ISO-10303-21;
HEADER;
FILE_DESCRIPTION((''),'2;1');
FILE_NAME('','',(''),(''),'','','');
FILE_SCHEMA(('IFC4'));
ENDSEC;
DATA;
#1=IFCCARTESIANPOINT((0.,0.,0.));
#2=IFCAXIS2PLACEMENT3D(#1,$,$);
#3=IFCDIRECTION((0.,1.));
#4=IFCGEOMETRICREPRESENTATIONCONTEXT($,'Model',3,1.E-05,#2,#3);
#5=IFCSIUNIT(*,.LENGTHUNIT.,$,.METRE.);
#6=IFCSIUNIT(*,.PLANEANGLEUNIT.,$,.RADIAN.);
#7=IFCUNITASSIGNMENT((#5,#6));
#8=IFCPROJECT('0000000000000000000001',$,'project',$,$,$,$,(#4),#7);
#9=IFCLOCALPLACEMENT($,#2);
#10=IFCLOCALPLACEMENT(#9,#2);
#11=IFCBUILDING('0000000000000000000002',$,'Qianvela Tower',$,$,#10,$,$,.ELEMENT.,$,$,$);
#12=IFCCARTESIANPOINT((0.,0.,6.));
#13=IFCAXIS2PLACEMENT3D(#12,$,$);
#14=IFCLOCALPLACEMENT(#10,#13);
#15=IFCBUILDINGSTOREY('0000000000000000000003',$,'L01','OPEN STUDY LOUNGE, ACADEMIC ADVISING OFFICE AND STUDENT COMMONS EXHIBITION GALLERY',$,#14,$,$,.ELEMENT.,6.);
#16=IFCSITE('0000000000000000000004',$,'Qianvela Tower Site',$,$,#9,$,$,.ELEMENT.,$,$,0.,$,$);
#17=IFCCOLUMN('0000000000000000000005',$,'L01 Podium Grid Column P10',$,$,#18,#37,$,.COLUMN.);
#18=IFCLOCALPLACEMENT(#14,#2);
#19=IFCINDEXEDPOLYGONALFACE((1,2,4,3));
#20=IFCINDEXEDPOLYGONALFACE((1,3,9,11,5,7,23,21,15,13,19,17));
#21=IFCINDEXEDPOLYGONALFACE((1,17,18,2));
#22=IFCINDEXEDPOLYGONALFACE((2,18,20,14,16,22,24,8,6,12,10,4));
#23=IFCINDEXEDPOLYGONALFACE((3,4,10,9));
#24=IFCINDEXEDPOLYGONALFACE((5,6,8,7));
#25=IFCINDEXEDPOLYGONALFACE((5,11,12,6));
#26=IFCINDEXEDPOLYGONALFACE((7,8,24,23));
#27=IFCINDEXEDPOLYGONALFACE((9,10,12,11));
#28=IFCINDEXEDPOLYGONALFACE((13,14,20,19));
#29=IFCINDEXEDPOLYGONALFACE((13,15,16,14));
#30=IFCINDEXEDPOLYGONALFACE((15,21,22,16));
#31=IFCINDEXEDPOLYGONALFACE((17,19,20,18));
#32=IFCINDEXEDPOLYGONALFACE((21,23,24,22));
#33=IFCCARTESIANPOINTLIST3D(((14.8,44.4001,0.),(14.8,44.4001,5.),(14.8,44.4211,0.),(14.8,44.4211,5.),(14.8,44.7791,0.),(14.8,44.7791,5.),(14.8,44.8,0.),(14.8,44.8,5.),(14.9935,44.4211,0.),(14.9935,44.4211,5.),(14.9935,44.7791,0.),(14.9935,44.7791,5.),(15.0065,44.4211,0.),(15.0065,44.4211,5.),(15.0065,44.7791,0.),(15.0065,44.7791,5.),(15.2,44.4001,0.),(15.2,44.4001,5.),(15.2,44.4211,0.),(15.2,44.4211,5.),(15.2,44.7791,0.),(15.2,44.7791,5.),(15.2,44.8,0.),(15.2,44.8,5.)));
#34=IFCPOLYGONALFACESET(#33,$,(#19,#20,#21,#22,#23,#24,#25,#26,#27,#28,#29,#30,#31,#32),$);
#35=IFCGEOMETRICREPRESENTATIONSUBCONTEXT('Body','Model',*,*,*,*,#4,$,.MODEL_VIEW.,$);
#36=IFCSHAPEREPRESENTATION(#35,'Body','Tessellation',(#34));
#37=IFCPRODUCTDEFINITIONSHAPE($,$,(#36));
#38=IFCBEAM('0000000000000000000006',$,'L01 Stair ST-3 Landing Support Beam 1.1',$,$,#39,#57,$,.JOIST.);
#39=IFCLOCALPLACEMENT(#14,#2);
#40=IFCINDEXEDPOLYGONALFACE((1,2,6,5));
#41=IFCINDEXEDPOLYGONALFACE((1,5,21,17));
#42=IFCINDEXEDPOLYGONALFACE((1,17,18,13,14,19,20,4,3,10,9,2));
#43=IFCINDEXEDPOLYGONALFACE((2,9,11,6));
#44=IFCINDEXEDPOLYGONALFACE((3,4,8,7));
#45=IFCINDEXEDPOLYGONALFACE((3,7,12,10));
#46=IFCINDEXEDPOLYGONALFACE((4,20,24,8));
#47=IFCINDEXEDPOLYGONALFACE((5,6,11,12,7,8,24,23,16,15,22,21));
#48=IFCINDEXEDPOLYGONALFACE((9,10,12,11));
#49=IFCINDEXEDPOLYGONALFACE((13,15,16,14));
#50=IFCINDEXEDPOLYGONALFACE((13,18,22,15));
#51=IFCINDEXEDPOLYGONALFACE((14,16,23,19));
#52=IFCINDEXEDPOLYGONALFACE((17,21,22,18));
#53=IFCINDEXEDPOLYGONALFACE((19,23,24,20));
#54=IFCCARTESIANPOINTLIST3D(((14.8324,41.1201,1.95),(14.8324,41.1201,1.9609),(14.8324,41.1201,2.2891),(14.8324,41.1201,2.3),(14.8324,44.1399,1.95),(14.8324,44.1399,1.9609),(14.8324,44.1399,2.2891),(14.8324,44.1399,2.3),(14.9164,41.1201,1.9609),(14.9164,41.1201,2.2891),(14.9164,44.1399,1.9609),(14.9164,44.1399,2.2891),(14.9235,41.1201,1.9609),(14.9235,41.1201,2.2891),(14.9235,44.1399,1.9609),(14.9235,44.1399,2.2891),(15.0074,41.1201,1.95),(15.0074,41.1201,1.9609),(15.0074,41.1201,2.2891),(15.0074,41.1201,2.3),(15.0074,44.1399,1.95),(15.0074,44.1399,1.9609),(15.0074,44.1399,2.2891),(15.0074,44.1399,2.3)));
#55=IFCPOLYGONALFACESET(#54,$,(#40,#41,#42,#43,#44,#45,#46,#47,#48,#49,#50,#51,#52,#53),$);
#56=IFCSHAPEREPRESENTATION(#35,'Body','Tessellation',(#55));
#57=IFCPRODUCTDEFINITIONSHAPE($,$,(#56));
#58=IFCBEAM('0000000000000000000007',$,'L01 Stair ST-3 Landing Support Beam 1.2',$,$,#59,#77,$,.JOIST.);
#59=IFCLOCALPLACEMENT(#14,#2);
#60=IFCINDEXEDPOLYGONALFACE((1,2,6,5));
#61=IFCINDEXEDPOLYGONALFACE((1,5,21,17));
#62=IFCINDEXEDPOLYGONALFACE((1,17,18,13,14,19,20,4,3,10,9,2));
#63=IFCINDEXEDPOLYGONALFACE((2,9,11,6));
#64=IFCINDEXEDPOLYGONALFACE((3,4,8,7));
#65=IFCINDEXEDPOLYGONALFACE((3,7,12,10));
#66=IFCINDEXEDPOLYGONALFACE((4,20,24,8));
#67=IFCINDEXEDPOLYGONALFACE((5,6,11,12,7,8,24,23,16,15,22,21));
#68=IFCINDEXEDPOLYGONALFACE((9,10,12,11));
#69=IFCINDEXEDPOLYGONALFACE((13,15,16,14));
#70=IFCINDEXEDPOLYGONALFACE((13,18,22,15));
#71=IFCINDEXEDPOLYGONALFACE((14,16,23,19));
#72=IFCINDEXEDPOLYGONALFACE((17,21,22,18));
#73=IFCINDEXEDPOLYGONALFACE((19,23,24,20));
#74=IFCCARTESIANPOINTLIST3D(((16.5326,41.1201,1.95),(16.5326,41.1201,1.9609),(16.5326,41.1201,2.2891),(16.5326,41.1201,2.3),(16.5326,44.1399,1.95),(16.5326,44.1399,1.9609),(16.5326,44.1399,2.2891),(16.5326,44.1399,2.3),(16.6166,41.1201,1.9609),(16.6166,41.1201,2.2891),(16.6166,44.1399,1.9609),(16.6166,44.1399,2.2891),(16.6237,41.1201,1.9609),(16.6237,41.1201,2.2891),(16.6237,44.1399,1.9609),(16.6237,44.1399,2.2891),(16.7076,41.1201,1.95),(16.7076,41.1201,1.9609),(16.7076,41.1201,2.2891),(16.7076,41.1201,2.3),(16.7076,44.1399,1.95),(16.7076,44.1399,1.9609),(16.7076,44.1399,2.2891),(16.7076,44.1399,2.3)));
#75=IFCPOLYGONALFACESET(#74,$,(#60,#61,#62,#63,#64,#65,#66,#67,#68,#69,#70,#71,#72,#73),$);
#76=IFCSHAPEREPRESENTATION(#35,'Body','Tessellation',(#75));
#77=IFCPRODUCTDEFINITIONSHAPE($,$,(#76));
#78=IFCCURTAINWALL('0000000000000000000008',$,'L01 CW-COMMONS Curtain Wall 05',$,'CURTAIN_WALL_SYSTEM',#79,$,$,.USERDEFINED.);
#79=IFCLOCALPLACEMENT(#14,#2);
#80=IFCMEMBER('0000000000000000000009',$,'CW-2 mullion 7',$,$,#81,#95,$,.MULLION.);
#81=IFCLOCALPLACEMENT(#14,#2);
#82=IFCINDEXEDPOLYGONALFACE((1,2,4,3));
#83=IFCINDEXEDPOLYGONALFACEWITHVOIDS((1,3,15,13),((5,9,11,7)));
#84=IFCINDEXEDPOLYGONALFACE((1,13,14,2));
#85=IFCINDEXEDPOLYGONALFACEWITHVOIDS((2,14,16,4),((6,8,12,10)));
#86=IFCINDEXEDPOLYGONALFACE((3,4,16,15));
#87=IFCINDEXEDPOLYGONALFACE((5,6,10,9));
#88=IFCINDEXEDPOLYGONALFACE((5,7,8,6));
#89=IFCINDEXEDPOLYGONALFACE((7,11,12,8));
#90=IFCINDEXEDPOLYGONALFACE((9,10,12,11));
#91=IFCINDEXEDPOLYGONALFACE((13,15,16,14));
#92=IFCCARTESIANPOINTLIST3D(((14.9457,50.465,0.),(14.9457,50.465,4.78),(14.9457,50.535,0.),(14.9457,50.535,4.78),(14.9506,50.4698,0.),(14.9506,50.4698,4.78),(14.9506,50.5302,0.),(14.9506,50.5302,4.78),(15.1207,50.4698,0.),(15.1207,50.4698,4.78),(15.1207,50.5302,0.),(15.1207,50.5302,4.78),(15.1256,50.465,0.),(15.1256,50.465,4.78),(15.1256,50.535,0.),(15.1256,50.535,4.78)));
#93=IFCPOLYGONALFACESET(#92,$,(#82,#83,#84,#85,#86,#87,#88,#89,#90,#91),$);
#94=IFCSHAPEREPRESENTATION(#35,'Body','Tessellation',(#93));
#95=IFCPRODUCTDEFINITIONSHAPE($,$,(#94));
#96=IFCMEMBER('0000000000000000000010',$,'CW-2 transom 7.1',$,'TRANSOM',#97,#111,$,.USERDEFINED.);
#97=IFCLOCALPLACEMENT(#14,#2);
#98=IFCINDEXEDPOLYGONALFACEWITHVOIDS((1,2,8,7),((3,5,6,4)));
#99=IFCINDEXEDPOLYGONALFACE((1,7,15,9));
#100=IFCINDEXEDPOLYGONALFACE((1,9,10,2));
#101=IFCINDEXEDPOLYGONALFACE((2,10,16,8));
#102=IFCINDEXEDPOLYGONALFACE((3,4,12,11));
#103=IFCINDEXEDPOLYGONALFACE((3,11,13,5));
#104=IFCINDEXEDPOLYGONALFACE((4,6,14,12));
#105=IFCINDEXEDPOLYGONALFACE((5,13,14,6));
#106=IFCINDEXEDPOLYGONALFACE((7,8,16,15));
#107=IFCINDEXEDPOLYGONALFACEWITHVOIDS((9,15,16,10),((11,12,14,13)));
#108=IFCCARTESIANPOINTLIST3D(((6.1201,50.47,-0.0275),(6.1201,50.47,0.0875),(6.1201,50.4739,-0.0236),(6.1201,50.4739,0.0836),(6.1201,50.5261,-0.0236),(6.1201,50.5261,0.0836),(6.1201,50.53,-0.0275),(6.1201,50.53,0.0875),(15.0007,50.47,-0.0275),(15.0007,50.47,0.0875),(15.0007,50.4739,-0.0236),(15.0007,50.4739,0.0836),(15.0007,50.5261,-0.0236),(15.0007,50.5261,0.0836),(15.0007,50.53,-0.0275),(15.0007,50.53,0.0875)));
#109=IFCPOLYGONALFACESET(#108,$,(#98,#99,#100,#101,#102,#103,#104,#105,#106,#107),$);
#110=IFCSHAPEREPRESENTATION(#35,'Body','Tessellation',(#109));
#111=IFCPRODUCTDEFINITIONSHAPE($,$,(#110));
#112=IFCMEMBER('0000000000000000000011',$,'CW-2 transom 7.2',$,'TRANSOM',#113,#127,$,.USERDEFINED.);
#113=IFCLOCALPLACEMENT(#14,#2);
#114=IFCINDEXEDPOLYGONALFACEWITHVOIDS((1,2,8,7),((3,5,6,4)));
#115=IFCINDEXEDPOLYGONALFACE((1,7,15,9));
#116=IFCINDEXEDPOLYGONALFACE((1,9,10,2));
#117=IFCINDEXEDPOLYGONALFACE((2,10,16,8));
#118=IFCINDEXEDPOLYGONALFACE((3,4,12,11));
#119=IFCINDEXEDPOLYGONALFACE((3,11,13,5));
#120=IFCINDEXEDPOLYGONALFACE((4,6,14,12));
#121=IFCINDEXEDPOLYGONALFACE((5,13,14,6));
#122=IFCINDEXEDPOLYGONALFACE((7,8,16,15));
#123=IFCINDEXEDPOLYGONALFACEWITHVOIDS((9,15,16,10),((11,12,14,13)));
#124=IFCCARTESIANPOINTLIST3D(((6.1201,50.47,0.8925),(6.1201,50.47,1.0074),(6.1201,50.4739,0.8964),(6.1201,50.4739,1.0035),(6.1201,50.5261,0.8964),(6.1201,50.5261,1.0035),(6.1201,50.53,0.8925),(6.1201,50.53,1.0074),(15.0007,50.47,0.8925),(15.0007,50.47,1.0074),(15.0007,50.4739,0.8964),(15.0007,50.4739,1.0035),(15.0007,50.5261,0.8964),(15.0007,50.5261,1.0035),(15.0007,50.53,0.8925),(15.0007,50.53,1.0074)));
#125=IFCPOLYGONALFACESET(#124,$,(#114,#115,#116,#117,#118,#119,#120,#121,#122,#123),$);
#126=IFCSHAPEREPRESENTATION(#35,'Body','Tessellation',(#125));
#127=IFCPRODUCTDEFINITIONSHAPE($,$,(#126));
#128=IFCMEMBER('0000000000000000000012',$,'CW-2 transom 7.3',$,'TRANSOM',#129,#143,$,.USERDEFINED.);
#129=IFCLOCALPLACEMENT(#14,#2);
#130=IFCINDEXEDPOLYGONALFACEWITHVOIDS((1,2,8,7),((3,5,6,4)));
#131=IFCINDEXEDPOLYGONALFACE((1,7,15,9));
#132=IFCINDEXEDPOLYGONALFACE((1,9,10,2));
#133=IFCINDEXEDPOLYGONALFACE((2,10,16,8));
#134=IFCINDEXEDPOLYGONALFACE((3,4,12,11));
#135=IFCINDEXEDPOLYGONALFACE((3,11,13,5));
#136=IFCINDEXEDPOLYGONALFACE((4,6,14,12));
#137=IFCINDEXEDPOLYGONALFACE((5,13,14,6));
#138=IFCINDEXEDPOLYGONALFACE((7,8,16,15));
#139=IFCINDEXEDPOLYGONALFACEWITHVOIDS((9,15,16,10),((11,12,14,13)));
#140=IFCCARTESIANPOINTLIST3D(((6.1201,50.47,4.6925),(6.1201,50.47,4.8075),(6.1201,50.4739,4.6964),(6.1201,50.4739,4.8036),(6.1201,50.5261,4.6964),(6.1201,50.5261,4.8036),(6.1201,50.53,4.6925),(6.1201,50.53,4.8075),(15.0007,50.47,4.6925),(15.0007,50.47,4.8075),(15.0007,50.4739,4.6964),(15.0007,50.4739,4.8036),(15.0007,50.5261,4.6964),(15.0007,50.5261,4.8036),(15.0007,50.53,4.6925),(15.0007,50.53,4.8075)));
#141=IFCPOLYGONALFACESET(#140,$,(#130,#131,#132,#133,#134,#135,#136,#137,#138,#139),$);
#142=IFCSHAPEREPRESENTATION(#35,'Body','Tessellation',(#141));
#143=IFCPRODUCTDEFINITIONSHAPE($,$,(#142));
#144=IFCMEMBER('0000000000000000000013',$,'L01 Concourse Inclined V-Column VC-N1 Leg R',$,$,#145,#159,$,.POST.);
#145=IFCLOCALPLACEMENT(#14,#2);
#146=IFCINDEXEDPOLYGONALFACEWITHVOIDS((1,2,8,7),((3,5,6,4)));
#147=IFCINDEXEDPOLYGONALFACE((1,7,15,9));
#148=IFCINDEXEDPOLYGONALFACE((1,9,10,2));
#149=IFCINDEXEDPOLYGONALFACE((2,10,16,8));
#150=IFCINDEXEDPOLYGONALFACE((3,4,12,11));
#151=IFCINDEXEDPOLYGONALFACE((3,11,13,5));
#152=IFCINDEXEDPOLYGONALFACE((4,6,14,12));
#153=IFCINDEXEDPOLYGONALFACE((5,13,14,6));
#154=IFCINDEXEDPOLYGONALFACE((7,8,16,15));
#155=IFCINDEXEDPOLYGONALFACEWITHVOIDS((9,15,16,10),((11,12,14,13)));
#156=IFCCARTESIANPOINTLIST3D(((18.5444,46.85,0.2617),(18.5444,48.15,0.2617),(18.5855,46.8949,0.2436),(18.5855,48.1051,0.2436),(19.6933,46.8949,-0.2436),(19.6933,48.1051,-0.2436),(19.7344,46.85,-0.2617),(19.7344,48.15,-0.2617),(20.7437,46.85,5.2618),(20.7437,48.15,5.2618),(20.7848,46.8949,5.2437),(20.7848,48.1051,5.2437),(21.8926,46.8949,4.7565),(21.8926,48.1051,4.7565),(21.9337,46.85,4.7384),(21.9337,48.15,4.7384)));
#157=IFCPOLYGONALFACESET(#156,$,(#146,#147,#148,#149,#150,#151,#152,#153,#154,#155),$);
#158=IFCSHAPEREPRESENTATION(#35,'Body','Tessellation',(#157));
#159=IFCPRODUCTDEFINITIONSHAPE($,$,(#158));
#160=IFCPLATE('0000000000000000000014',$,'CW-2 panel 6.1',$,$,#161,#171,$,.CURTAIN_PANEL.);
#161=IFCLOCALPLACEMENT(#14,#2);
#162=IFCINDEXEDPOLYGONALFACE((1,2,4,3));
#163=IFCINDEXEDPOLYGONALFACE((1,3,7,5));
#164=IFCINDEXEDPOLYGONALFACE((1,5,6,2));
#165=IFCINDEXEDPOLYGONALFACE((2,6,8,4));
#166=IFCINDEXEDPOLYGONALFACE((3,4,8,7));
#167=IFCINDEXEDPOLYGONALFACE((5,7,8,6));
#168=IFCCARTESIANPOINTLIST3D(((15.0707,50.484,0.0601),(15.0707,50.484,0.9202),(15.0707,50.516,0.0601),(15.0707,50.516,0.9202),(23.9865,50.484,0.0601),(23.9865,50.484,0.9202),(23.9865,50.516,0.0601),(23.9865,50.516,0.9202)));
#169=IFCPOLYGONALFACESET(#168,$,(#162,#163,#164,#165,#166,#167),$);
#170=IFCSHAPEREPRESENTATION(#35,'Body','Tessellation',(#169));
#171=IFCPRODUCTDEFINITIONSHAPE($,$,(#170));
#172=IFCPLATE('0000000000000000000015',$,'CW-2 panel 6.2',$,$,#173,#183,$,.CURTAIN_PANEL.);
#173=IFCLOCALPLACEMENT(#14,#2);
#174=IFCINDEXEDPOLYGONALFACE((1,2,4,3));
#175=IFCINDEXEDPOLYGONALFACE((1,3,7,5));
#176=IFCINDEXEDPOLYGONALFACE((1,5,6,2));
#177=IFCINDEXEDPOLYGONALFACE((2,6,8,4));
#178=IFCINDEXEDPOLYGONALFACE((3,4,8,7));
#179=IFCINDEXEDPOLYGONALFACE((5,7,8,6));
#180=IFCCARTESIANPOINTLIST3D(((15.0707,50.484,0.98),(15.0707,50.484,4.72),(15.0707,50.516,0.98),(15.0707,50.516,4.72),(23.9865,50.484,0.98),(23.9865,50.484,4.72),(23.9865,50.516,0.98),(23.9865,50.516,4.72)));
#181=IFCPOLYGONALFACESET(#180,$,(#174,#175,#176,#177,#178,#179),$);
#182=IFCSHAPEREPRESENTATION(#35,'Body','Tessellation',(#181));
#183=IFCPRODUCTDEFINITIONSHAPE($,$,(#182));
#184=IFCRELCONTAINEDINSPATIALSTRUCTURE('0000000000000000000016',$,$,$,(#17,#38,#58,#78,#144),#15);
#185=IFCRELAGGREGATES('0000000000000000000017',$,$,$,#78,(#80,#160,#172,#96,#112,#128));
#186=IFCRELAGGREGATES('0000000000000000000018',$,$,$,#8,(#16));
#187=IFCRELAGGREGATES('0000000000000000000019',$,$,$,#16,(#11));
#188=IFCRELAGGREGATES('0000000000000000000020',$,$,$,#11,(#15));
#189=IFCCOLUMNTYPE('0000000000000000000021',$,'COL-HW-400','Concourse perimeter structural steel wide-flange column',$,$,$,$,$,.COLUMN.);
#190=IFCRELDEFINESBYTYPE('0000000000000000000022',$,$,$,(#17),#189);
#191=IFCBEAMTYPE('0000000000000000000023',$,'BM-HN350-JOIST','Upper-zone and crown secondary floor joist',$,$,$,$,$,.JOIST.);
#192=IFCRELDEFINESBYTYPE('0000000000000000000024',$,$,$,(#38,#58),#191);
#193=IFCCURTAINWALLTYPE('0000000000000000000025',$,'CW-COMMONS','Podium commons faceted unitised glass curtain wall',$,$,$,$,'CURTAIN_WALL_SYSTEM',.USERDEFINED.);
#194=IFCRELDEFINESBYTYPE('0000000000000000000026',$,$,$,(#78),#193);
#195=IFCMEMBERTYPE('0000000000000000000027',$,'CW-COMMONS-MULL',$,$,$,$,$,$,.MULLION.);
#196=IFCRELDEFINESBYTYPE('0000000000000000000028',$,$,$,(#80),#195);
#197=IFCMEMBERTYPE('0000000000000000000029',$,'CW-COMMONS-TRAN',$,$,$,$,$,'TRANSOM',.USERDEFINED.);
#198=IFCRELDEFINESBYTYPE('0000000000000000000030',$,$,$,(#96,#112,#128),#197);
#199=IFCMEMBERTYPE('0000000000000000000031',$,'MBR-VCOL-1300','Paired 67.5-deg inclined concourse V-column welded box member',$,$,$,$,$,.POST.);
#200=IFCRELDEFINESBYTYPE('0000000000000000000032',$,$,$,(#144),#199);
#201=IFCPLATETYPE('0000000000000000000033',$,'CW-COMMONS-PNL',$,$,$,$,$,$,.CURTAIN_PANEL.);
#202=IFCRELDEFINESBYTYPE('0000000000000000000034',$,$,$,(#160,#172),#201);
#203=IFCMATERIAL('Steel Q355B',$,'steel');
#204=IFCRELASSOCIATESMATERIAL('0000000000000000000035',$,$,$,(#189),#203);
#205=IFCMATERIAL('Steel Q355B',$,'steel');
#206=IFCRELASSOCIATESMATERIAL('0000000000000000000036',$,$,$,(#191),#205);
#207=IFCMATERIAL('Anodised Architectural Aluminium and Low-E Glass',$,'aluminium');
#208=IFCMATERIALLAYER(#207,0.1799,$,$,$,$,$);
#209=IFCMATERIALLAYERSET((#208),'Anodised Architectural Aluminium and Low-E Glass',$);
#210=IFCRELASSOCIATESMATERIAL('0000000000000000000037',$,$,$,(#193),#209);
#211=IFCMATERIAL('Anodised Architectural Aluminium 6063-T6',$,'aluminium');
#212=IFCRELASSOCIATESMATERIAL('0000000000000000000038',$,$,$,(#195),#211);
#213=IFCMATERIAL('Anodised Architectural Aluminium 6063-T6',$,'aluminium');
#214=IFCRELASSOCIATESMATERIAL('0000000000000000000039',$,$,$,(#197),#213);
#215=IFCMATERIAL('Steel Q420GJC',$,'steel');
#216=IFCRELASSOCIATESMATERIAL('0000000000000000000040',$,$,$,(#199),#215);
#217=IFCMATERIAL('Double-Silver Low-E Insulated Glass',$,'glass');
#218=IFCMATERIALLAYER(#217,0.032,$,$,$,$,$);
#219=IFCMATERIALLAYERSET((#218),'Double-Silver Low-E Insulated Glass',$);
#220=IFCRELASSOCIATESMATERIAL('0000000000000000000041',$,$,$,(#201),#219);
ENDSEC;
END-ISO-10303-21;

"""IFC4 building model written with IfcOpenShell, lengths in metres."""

from ifc_helpers import new_model, si_unit, direction, frame, origin, origin_2d, place, context, subcontext, project, spatial, rectangle, hollow_rectangle, i_section, extrude, material, layer, layer_set, material_profile, profile_set, type_object, element, aggregate, save


model = new_model("IFC4")

# Units and contexts
model_context = context("Model", 3, precision=1e-05, world=origin(), true_north=direction((0.0, 1.0)))
body_context = subcontext(model_context, "Body", "Model", "MODEL_VIEW")
ifc_project = project(units=[si_unit("LENGTHUNIT", "METRE"), si_unit("PLANEANGLEUNIT", "RADIAN")], contexts=[model_context])

# Site, building, storey
site_placement = place(None, origin())
site = spatial("IfcSite", under=ifc_project, at=site_placement, Name="Qianvela Tower Site", CompositionType="ELEMENT", RefElevation=0.0)
building_placement = place(site_placement, origin())
building = spatial("IfcBuilding", under=site, at=building_placement, Name="Qianvela Tower", CompositionType="ELEMENT")
storey_placement = place(building_placement, frame((0.0, 0.0, 6.0)))
storey = spatial("IfcBuildingStorey", under=building, at=storey_placement, Name="L01", Description="OPEN STUDY LOUNGE, ACADEMIC ADVISING OFFICE AND STUDENT COMMONS EXHIBITION GALLERY", CompositionType="ELEMENT", Elevation=6.0)

# Column
ifc_material_1 = material(Name="Steel Q355B", Category="steel")
ifc_material_profile_1 = material_profile(ifc_material_1, i_section(OverallWidth=0.3999, OverallDepth=0.3999, WebThickness=0.0129, FlangeThickness=0.021, at=origin_2d()), Name="HW400x400x13x21")
ifc_profile_set_1 = profile_set([ifc_material_profile_1], Name="Steel Q355B")
column_type = type_object("IfcColumnType", Name="COL-HW-400", Description="Concourse perimeter structural steel wide-flange column", PredefinedType="COLUMN", material=ifc_profile_set_1)
column_placement = place(storey_placement, frame((15.0, 44.6001, 0.0), z_axis=(0.0, 0.0, 1.0), x_axis=(1.0, 0.0, 0.0)))
element("IfcColumn", 1, at=column_placement, inside=storey, type_object=column_type, Name="L01 Podium Grid Column P10", PredefinedType="COLUMN", context=body_context, shape_type="SweptSolid", body=[
    extrude(i_section(OverallWidth=0.3999, OverallDepth=0.3999, WebThickness=0.0129, FlangeThickness=0.021, at=origin_2d()), origin(), (0.0, 0.0, 1.0), 5.0),
])

# Beams
ifc_material_2 = material(Name="Steel Q355B", Category="steel")
ifc_material_profile_2 = material_profile(ifc_material_2, i_section(OverallWidth=0.175, OverallDepth=0.3501, WebThickness=0.0071, FlangeThickness=0.011, at=origin_2d()), Name="HN350x175x7x11")
ifc_profile_set_2 = profile_set([ifc_material_profile_2], Name="Steel Q355B")
beam_type = type_object("IfcBeamType", Name="BM-HN350-JOIST", Description="Upper-zone and crown secondary floor joist", PredefinedType="JOIST", material=ifc_profile_set_2)
for number, where, z_axis, x_axis, name in (
    (2, (14.9199, 41.1201, 2.125), (0.0, 1.0, 0.0), (-1.0, 0.0, 0.0), "L01 Stair ST-3 Landing Support Beam 1.1"),
    (3, (16.6201, 41.1201, 2.125), (0.0, 1.0, 0.0), (-1.0, 0.0, 0.0), "L01 Stair ST-3 Landing Support Beam 1.2"),
):
    element("IfcBeam", number, at=place(storey_placement, frame(where, z_axis=z_axis, x_axis=x_axis)), inside=storey, type_object=beam_type, Name=name, PredefinedType="JOIST", context=body_context, shape_type="SweptSolid", body=[
        extrude(i_section(OverallWidth=0.175, OverallDepth=0.3501, WebThickness=0.0071, FlangeThickness=0.011, at=origin_2d()), origin(), (0.0, 0.0, 1.0), 3.0198),
    ])

# Curtain wall, members
ifc_material_3 = material(Name="Anodised Architectural Aluminium and Low-E Glass", Category="aluminium")
ifc_layer_1 = layer(ifc_material_3, 0.1799)
ifc_layer_set_1 = layer_set([ifc_layer_1], Name="Anodised Architectural Aluminium and Low-E Glass")
curtain_wall_type = type_object("IfcCurtainWallType", Name="CW-COMMONS", Description="Podium commons faceted unitised glass curtain wall", ElementType="CURTAIN_WALL_SYSTEM", PredefinedType="USERDEFINED", material=ifc_layer_set_1)
curtain_wall_placement = place(storey_placement, origin())
curtain_wall = element("IfcCurtainWall", 4, at=curtain_wall_placement, inside=storey, type_object=curtain_wall_type, Name="L01 CW-COMMONS Curtain Wall 05", ObjectType="CURTAIN_WALL_SYSTEM", PredefinedType="USERDEFINED")
ifc_material_4 = material(Name="Anodised Architectural Aluminium 6063-T6", Category="aluminium")
ifc_material_profile_3 = material_profile(ifc_material_4, hollow_rectangle(XDim=0.0701, YDim=0.1799, WallThickness=0.0049, at=origin_2d()), Name="ALU-MULL-70x180")
ifc_profile_set_3 = profile_set([ifc_material_profile_3], Name="Anodised Architectural Aluminium 6063-T6")
member_type_1 = type_object("IfcMemberType", Name="CW-COMMONS-MULL", PredefinedType="MULLION", material=ifc_profile_set_3)
member_1_placement = place(storey_placement, frame((15.0356, 50.5, 0.0), z_axis=(0.0, 0.0, 1.0), x_axis=(0.0, -1.0, 0.0)))
member_1 = element("IfcMember", 5, at=member_1_placement, type_object=member_type_1, Name="CW-2 mullion 7", PredefinedType="MULLION", context=body_context, shape_type="SweptSolid", body=[
    extrude(hollow_rectangle(XDim=0.0701, YDim=0.1799, WallThickness=0.0049, at=origin_2d()), origin(), (0.0, 0.0, 1.0), 4.78),
])
ifc_material_5 = material(Name="Anodised Architectural Aluminium 6063-T6", Category="aluminium")
ifc_material_profile_4 = material_profile(ifc_material_5, hollow_rectangle(XDim=0.0601, YDim=0.115, WallThickness=0.0039, at=origin_2d()), Name="ALU-TRAN-60x115")
ifc_profile_set_4 = profile_set([ifc_material_profile_4], Name="Anodised Architectural Aluminium 6063-T6")
member_type_2 = type_object("IfcMemberType", Name="CW-COMMONS-TRAN", ElementType="TRANSOM", PredefinedType="USERDEFINED", material=ifc_profile_set_4)
member_2_placement = place(storey_placement, frame((15.0007, 50.5, 0.03), z_axis=(-1.0, 0.0, 0.0), x_axis=(0.0, -1.0, 0.0)))
member_2 = element("IfcMember", 6, at=member_2_placement, type_object=member_type_2, Name="CW-2 transom 7.1", ObjectType="TRANSOM", PredefinedType="USERDEFINED", context=body_context, shape_type="SweptSolid", body=[
    extrude(hollow_rectangle(XDim=0.0601, YDim=0.115, WallThickness=0.0039, at=origin_2d()), origin(), (0.0, 0.0, 1.0), 8.8806),
])
member_3_placement = place(storey_placement, frame((15.0007, 50.5, 0.95), z_axis=(-1.0, 0.0, 0.0), x_axis=(0.0, -1.0, 0.0)))
member_3 = element("IfcMember", 7, at=member_3_placement, type_object=member_type_2, Name="CW-2 transom 7.2", ObjectType="TRANSOM", PredefinedType="USERDEFINED", context=body_context, shape_type="SweptSolid", body=[
    extrude(hollow_rectangle(XDim=0.0601, YDim=0.115, WallThickness=0.0039, at=origin_2d()), origin(), (0.0, 0.0, 1.0), 8.8806),
])
member_4_placement = place(storey_placement, frame((15.0007, 50.5, 4.75), z_axis=(-1.0, 0.0, 0.0), x_axis=(0.0, -1.0, 0.0)))
member_4 = element("IfcMember", 8, at=member_4_placement, type_object=member_type_2, Name="CW-2 transom 7.3", ObjectType="TRANSOM", PredefinedType="USERDEFINED", context=body_context, shape_type="SweptSolid", body=[
    extrude(hollow_rectangle(XDim=0.0601, YDim=0.115, WallThickness=0.0039, at=origin_2d()), origin(), (0.0, 0.0, 1.0), 8.8806),
])

# Member
ifc_material_6 = material(Name="Steel Q420GJC", Category="steel")
ifc_material_profile_5 = material_profile(ifc_material_6, hollow_rectangle(XDim=1.3, YDim=1.3, WallThickness=0.0449, at=origin_2d()), Name="VBOX-1300x1300x45")
ifc_profile_set_5 = profile_set([ifc_material_profile_5], Name="Steel Q420GJC")
member_type_3 = type_object("IfcMemberType", Name="MBR-VCOL-1300", Description="Paired 67.5-deg inclined concourse V-column welded box member", PredefinedType="POST", material=ifc_profile_set_5)
member_5_placement = place(storey_placement, frame((19.1394, 47.5, 0.0), z_axis=(0.402619, 0.0, 0.915368), x_axis=(0.0, 1.0, 0.0)))
element("IfcMember", 9, at=member_5_placement, inside=storey, type_object=member_type_3, Name="L01 Concourse Inclined V-Column VC-N1 Leg R", PredefinedType="POST", context=body_context, shape_type="SweptSolid", body=[
    extrude(hollow_rectangle(XDim=1.3, YDim=1.3, WallThickness=0.0449, at=origin_2d()), origin(), (0.0, 0.0, 1.0), 5.4624),
])

# Plates
ifc_material_7 = material(Name="Double-Silver Low-E Insulated Glass", Category="glass")
ifc_layer_2 = layer(ifc_material_7, 0.032)
ifc_layer_set_2 = layer_set([ifc_layer_2], Name="Double-Silver Low-E Insulated Glass")
plate_type = type_object("IfcPlateType", Name="CW-COMMONS-PNL", PredefinedType="CURTAIN_PANEL", material=ifc_layer_set_2)
plate_1_placement = place(storey_placement, frame((19.5286, 50.5, 0.0601), z_axis=(0.0, 0.0, 1.0), x_axis=(-1.0, 0.0, 0.0)))
plate_1 = element("IfcPlate", 10, at=plate_1_placement, type_object=plate_type, Name="CW-2 panel 6.1", PredefinedType="CURTAIN_PANEL", context=body_context, shape_type="SweptSolid", body=[
    extrude(rectangle(XDim=8.9158, YDim=0.032, at=origin_2d()), origin(), (0.0, 0.0, 1.0), 0.8601),
])
plate_2_placement = place(storey_placement, frame((19.5286, 50.5, 0.98), z_axis=(0.0, 0.0, 1.0), x_axis=(-1.0, 0.0, 0.0)))
plate_2 = element("IfcPlate", 11, at=plate_2_placement, type_object=plate_type, Name="CW-2 panel 6.2", PredefinedType="CURTAIN_PANEL", context=body_context, shape_type="SweptSolid", body=[
    extrude(rectangle(XDim=8.9158, YDim=0.032, at=origin_2d()), origin(), (0.0, 0.0, 1.0), 3.74),
])
aggregate(curtain_wall, [member_1, plate_1, plate_2, member_2, member_3, member_4])

save(model, "model.ifc")
